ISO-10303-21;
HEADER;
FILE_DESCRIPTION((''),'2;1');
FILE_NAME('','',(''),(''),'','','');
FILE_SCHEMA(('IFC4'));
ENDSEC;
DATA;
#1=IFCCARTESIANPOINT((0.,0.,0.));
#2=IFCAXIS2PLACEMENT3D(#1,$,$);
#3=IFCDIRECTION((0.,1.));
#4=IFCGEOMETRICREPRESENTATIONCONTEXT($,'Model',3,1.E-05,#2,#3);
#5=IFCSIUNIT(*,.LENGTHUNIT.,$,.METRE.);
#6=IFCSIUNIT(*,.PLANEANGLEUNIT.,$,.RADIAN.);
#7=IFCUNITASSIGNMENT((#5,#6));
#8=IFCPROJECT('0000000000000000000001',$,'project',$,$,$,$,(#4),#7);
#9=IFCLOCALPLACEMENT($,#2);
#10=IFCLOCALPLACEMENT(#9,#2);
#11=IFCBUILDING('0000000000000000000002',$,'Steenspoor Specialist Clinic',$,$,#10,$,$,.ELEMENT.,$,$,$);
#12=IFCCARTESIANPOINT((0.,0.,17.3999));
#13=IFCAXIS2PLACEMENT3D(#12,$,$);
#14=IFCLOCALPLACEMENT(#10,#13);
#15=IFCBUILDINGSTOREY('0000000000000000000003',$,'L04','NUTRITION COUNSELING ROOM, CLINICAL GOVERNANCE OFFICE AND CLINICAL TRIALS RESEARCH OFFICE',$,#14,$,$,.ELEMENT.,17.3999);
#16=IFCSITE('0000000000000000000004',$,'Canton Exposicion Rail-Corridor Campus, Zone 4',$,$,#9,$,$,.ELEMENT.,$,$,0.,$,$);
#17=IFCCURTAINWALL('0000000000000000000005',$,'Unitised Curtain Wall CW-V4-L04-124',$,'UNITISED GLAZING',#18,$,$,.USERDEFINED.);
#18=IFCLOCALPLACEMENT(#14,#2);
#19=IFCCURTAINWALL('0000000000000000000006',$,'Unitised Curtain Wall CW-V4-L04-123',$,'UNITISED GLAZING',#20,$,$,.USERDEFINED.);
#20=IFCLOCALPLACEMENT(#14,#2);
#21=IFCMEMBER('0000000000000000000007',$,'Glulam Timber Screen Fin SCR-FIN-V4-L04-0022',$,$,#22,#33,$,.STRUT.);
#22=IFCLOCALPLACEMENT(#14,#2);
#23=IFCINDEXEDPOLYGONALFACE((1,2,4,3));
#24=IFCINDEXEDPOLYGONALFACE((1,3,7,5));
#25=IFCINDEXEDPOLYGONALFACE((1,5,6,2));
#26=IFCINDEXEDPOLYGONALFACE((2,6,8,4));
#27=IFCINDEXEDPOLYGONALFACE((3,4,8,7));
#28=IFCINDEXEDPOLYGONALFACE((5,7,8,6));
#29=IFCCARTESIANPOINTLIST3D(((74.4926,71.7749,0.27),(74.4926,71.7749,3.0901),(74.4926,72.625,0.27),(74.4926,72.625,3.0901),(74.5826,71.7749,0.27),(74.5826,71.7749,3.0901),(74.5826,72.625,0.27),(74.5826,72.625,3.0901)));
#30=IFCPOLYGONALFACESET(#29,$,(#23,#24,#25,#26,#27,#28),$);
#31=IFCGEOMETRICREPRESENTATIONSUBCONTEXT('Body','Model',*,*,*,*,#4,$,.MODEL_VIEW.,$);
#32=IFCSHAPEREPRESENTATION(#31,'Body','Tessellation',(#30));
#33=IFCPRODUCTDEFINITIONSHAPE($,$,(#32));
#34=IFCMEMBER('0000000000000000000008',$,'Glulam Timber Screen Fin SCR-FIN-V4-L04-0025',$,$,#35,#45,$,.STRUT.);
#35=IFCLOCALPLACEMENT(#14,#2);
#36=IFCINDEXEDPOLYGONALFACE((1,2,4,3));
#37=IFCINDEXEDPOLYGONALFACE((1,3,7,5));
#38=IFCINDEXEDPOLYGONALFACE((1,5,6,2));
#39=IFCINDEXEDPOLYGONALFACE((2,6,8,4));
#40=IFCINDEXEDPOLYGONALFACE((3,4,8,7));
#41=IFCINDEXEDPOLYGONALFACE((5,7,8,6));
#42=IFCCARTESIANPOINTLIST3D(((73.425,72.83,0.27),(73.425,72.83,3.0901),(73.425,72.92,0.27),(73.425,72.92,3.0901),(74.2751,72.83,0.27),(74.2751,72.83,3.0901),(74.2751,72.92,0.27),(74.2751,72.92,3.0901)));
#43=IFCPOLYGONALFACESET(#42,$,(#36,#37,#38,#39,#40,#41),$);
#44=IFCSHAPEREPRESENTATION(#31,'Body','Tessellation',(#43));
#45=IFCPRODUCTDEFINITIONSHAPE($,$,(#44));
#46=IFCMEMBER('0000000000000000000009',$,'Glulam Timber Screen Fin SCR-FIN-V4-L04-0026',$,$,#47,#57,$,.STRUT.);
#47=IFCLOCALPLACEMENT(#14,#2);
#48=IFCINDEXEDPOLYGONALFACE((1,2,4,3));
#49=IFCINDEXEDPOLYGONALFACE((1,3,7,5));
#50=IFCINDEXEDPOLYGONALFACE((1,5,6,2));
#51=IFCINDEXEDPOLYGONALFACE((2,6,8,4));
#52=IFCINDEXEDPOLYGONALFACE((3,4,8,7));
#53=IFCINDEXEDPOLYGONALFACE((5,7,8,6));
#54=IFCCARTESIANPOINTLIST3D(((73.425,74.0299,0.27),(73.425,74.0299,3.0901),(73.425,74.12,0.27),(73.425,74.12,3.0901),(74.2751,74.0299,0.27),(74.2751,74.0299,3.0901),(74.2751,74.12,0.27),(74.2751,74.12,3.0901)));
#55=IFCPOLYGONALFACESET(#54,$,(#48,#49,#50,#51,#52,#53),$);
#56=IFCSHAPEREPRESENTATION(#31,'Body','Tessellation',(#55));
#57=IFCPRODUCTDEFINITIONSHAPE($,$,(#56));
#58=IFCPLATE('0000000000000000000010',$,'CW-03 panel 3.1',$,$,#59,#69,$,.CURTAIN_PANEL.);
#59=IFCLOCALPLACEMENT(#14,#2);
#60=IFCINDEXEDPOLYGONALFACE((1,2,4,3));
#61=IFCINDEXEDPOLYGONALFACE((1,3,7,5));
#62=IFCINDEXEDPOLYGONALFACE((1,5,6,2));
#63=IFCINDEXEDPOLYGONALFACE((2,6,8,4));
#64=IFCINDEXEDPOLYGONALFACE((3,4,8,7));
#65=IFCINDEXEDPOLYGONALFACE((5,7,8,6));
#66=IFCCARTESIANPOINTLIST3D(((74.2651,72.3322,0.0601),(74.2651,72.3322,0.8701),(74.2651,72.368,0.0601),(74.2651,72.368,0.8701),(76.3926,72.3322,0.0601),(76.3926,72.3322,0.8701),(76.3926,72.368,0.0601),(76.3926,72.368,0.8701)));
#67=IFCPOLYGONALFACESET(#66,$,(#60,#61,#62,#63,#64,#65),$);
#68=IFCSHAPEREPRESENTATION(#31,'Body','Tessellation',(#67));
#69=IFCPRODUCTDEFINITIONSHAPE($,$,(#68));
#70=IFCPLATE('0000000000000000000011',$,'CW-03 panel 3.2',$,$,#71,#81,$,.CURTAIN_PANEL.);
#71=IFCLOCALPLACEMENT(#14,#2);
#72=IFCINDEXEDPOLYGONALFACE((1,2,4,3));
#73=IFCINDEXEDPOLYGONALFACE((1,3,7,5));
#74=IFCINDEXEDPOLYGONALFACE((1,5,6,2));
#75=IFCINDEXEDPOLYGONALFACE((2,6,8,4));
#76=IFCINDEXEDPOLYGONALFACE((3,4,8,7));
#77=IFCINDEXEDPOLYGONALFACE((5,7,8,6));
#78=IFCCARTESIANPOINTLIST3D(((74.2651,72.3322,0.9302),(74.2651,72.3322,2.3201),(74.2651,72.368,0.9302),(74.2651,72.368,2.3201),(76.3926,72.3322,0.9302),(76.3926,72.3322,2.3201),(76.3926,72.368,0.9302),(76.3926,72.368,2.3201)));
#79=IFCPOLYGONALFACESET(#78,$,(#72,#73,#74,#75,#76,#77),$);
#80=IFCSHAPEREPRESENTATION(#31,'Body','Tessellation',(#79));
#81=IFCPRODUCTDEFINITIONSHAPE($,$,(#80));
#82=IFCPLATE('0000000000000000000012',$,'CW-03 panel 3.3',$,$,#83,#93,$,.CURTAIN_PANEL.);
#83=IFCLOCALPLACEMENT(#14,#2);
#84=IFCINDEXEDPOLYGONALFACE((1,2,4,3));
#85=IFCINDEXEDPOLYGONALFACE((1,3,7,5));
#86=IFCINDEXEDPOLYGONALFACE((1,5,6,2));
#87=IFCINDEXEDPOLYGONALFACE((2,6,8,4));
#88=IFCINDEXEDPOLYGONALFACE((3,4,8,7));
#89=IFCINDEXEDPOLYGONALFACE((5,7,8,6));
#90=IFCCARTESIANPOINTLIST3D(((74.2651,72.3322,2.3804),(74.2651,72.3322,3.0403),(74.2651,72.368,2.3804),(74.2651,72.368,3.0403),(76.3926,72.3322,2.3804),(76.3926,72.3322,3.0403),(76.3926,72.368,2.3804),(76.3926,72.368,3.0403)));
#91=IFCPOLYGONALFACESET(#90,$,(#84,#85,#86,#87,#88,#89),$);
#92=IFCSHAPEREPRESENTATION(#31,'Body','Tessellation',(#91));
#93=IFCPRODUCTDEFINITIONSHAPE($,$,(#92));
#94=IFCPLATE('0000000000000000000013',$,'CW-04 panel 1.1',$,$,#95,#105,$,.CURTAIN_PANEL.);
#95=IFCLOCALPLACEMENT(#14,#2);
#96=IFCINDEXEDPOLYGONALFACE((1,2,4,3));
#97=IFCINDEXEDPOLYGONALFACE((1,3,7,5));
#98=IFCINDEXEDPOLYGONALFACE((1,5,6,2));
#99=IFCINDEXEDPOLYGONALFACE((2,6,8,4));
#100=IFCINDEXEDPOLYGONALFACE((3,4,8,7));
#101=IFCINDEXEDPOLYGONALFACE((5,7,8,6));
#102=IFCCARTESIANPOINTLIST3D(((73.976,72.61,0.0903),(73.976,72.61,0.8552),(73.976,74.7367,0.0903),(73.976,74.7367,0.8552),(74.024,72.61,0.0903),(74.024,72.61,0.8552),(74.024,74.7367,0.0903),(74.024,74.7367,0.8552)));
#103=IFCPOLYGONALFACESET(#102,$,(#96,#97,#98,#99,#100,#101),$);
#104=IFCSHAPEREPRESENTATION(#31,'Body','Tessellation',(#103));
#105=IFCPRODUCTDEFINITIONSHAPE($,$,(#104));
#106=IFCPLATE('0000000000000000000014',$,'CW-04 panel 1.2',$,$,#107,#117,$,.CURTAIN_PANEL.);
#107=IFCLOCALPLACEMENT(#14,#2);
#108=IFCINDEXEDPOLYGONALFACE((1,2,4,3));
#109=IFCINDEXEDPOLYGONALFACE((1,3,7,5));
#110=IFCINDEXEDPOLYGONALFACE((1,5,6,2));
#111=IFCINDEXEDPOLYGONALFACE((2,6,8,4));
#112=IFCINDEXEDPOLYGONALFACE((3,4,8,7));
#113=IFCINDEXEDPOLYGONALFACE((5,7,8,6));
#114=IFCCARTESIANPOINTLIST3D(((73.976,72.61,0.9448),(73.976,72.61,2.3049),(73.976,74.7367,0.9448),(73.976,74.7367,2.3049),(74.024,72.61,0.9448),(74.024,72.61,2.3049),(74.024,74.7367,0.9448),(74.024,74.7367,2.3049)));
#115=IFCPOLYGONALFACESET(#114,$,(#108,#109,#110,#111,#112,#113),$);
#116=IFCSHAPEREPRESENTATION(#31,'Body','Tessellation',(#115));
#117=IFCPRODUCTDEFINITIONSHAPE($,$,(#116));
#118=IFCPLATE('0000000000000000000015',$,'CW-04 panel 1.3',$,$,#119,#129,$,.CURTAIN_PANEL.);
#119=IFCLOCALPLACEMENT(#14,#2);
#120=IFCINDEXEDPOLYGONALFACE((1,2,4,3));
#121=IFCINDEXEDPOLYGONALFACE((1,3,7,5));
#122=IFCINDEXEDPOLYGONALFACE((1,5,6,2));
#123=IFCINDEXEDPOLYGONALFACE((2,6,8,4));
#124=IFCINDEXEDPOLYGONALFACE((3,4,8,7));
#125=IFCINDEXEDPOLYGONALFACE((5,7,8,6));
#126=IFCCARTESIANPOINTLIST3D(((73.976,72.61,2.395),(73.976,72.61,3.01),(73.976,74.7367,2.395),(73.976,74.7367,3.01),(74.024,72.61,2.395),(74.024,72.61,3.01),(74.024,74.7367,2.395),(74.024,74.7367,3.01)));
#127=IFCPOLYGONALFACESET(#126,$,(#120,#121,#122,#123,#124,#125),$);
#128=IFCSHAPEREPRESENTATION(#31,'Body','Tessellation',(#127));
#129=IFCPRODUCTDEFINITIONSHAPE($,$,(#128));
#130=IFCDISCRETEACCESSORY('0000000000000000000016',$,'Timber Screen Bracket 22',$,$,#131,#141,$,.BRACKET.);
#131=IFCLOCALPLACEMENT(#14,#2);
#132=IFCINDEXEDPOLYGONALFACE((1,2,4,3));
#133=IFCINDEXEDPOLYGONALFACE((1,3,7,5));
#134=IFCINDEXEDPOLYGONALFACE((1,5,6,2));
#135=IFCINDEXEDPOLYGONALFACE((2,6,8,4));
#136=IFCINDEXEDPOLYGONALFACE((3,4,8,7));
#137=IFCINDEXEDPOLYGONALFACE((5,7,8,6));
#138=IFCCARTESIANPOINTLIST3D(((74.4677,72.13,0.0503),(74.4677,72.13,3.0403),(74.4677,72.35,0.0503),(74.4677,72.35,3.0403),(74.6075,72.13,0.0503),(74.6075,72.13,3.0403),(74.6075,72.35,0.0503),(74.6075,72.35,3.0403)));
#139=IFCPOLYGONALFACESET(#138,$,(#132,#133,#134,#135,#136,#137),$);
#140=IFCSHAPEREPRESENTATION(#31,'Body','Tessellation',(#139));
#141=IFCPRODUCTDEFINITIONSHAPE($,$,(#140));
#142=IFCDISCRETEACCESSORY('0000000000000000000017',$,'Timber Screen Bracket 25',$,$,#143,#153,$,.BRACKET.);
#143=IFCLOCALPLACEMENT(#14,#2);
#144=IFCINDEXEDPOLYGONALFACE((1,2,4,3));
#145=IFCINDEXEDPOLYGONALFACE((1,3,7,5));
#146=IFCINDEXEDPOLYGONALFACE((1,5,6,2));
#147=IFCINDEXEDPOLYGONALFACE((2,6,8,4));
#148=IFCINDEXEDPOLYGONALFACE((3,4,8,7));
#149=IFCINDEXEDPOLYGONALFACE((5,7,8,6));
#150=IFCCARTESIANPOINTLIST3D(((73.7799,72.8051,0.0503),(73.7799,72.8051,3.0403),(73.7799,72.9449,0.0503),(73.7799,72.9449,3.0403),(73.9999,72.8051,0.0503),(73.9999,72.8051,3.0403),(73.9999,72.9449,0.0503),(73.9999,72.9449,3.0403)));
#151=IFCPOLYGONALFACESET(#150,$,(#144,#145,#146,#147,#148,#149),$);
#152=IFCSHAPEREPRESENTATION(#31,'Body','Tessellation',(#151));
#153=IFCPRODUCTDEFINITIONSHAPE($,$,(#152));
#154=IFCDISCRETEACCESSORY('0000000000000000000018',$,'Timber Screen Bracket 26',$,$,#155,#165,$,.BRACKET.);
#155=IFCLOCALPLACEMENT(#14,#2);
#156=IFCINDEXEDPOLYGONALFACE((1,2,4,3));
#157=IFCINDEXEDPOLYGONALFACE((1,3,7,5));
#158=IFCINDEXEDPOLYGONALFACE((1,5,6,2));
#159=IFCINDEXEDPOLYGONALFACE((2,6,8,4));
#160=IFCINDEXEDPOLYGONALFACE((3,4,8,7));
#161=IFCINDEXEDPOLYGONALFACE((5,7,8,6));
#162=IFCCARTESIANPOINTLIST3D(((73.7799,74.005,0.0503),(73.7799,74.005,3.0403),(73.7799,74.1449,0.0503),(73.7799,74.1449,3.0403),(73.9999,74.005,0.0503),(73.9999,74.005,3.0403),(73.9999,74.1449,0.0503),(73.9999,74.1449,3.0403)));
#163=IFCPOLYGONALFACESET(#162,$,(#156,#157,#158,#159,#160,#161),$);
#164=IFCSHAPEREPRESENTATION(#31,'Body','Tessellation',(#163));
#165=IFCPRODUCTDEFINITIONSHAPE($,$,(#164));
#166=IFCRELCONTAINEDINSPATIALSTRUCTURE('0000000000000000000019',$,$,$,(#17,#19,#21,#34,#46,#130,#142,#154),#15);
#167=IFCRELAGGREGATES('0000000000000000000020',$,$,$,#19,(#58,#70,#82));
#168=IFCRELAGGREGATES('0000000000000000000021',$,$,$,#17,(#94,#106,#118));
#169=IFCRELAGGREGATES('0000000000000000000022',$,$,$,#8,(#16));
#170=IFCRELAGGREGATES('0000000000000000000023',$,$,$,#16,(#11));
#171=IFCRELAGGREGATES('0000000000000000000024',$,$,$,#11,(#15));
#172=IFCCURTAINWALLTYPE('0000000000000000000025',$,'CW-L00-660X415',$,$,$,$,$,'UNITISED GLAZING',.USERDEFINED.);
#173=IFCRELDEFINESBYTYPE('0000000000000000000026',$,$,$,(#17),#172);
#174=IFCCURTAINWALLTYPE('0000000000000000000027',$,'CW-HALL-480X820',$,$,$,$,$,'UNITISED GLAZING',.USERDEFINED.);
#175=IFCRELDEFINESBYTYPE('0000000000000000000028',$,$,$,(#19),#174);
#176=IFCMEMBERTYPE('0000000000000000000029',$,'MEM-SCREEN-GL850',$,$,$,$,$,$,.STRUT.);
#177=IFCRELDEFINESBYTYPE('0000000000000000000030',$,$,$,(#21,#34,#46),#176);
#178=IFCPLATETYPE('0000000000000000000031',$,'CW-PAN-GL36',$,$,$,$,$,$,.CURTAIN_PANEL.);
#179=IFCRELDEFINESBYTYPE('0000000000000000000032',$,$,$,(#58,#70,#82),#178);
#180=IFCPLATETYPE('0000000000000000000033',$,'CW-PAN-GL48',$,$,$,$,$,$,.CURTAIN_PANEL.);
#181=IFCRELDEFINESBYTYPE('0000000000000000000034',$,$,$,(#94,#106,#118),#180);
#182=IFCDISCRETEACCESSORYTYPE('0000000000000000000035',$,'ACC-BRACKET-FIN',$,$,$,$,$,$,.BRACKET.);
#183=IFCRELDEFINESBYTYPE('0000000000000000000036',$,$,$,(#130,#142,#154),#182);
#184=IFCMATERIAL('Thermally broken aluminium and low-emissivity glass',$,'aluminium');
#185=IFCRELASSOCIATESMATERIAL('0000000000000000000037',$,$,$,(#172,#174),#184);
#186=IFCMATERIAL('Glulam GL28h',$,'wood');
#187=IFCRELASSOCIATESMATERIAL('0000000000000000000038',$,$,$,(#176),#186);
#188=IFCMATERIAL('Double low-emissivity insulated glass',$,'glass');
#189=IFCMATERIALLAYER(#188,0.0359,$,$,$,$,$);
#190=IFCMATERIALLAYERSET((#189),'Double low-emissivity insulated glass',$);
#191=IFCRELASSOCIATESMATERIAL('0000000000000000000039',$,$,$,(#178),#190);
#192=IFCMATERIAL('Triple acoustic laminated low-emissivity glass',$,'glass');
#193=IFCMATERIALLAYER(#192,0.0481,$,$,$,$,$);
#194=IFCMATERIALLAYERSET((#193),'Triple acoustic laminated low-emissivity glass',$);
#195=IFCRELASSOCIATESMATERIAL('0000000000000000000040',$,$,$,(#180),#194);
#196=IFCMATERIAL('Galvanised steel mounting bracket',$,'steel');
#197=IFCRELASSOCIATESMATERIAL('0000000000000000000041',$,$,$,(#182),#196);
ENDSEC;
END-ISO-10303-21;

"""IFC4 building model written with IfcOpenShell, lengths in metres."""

from ifc_helpers import new_model, si_unit, direction, frame, origin, origin_2d, place, context, subcontext, project, spatial, rectangle, extrude, material, layer, layer_set, material_profile, profile_set, type_object, element, aggregate, save


model = new_model("IFC4")

# Units and contexts
model_context = context("Model", 3, precision=1e-05, world=origin(), true_north=direction((0.0, 1.0)))
body_context = subcontext(model_context, "Body", "Model", "MODEL_VIEW")
ifc_project = project(units=[si_unit("LENGTHUNIT", "METRE"), si_unit("PLANEANGLEUNIT", "RADIAN")], contexts=[model_context])

# Site, building, storey
site_placement = place(None, origin())
site = spatial("IfcSite", under=ifc_project, at=site_placement, Name="Canton Exposicion Rail-Corridor Campus, Zone 4", CompositionType="ELEMENT", RefElevation=0.0)
building_placement = place(site_placement, origin())
building = spatial("IfcBuilding", under=site, at=building_placement, Name="Steenspoor Specialist Clinic", CompositionType="ELEMENT")
storey_placement = place(building_placement, frame((0.0, 0.0, 17.3999)))
storey = spatial("IfcBuildingStorey", under=building, at=storey_placement, Name="L04", Description="NUTRITION COUNSELING ROOM, CLINICAL GOVERNANCE OFFICE AND CLINICAL TRIALS RESEARCH OFFICE", CompositionType="ELEMENT", Elevation=17.3999)

# Shared definitions
ifc_material_1 = material(Name="Glulam GL28h", Category="wood")

# Curtain wall
ifc_material_2 = material(Name="Thermally broken aluminium and low-emissivity glass", Category="aluminium")
curtain_wall_type_1 = type_object("IfcCurtainWallType", Name="CW-L00-660X415", ElementType="UNITISED GLAZING", PredefinedType="USERDEFINED", material=ifc_material_2)
curtain_wall_1_placement = place(storey_placement, origin())
curtain_wall_1 = element("IfcCurtainWall", 1, at=curtain_wall_1_placement, inside=storey, type_object=curtain_wall_type_1, Name="Unitised Curtain Wall CW-V4-L04-124", ObjectType="UNITISED GLAZING", PredefinedType="USERDEFINED")

# Curtain wall
curtain_wall_type_2 = type_object("IfcCurtainWallType", Name="CW-HALL-480X820", ElementType="UNITISED GLAZING", PredefinedType="USERDEFINED", material=ifc_material_2)
curtain_wall_2_placement = place(storey_placement, origin())
curtain_wall_2 = element("IfcCurtainWall", 2, at=curtain_wall_2_placement, inside=storey, type_object=curtain_wall_type_2, Name="Unitised Curtain Wall CW-V4-L04-123", ObjectType="UNITISED GLAZING", PredefinedType="USERDEFINED")

# Members
ifc_material_profile_1 = material_profile(ifc_material_1, rectangle(XDim=0.0901, YDim=0.8501, at=origin_2d()), Name="GL28H-90X850")
ifc_profile_set_1 = profile_set([ifc_material_profile_1], Name="Glulam GL28h")
member_type_1 = type_object("IfcMemberType", Name="MEM-SCREEN-GL850", PredefinedType="STRUT", material=ifc_profile_set_1)
for number, where, z_axis, x_axis, name in (
    (3, (74.5376, 72.2, 0.27), (0.0, 0.0, 1.0), (-1.0, 0.0, 0.0), "Glulam Timber Screen Fin SCR-FIN-V4-L04-0022"),
    (4, (73.8501, 72.875, 0.27), (0.0, 0.0, 1.0), (0.0, 1.0, 0.0), "Glulam Timber Screen Fin SCR-FIN-V4-L04-0025"),
    (5, (73.8501, 74.075, 0.27), (0.0, 0.0, 1.0), (0.0, 1.0, 0.0), "Glulam Timber Screen Fin SCR-FIN-V4-L04-0026"),
):
    element("IfcMember", number, at=place(storey_placement, frame(where, z_axis=z_axis, x_axis=x_axis)), inside=storey, type_object=member_type_1, Name=name, PredefinedType="STRUT", context=body_context, shape_type="SweptSolid", body=[
        extrude(rectangle(XDim=0.0901, YDim=0.8501, at=origin_2d()), origin(), (0.0, 0.0, 1.0), 2.8201),
    ])

# Plates
ifc_material_3 = material(Name="Double low-emissivity insulated glass", Category="glass")
ifc_layer_1 = layer(ifc_material_3, 0.0359)
ifc_layer_set_1 = layer_set([ifc_layer_1], Name="Double low-emissivity insulated glass")
plate_type_1 = type_object("IfcPlateType", Name="CW-PAN-GL36", PredefinedType="CURTAIN_PANEL", material=ifc_layer_set_1)
plate_1_placement = place(storey_placement, frame((75.3289, 72.3501, 0.0601), z_axis=(0.0, 0.0, 1.0), x_axis=(-1.0, 0.0, 0.0)))
plate_1 = element("IfcPlate", 6, at=plate_1_placement, type_object=plate_type_1, Name="CW-03 panel 3.1", PredefinedType="CURTAIN_PANEL", context=body_context, shape_type="SweptSolid", body=[
    extrude(rectangle(XDim=2.1274, YDim=0.0359, at=origin_2d()), origin(), (0.0, 0.0, 1.0), 0.8101),
])
plate_2_placement = place(storey_placement, frame((75.3289, 72.3501, 0.9302), z_axis=(0.0, 0.0, 1.0), x_axis=(-1.0, 0.0, 0.0)))
plate_2 = element("IfcPlate", 7, at=plate_2_placement, type_object=plate_type_1, Name="CW-03 panel 3.2", PredefinedType="CURTAIN_PANEL", context=body_context, shape_type="SweptSolid", body=[
    extrude(rectangle(XDim=2.1274, YDim=0.0359, at=origin_2d()), origin(), (0.0, 0.0, 1.0), 1.3899),
])
plate_3_placement = place(storey_placement, frame((75.3289, 72.3501, 2.3804), z_axis=(0.0, 0.0, 1.0), x_axis=(-1.0, 0.0, 0.0)))
plate_3 = element("IfcPlate", 8, at=plate_3_placement, type_object=plate_type_1, Name="CW-03 panel 3.3", PredefinedType="CURTAIN_PANEL", context=body_context, shape_type="SweptSolid", body=[
    extrude(rectangle(XDim=2.1274, YDim=0.0359, at=origin_2d()), origin(), (0.0, 0.0, 1.0), 0.6599),
])
aggregate(curtain_wall_2, [plate_1, plate_2, plate_3])
ifc_material_4 = material(Name="Triple acoustic laminated low-emissivity glass", Category="glass")
ifc_layer_2 = layer(ifc_material_4, 0.0481)
ifc_layer_set_2 = layer_set([ifc_layer_2], Name="Triple acoustic laminated low-emissivity glass")
plate_type_2 = type_object("IfcPlateType", Name="CW-PAN-GL48", PredefinedType="CURTAIN_PANEL", material=ifc_layer_set_2)
plate_4_placement = place(storey_placement, frame((74.0, 73.6733, 0.0903), z_axis=(0.0, 0.0, 1.0), x_axis=(0.0, 1.0, 0.0)))
plate_4 = element("IfcPlate", 9, at=plate_4_placement, type_object=plate_type_2, Name="CW-04 panel 1.1", PredefinedType="CURTAIN_PANEL", context=body_context, shape_type="SweptSolid", body=[
    extrude(rectangle(XDim=2.1267, YDim=0.0481, at=origin_2d()), origin(), (0.0, 0.0, 1.0), 0.7649),
])
plate_5_placement = place(storey_placement, frame((74.0, 73.6733, 0.9448), z_axis=(0.0, 0.0, 1.0), x_axis=(0.0, 1.0, 0.0)))
plate_5 = element("IfcPlate", 10, at=plate_5_placement, type_object=plate_type_2, Name="CW-04 panel 1.2", PredefinedType="CURTAIN_PANEL", context=body_context, shape_type="SweptSolid", body=[
    extrude(rectangle(XDim=2.1267, YDim=0.0481, at=origin_2d()), origin(), (0.0, 0.0, 1.0), 1.3601),
])
plate_6_placement = place(storey_placement, frame((74.0, 73.6733, 2.395), z_axis=(0.0, 0.0, 1.0), x_axis=(0.0, 1.0, 0.0)))
plate_6 = element("IfcPlate", 11, at=plate_6_placement, type_object=plate_type_2, Name="CW-04 panel 1.3", PredefinedType="CURTAIN_PANEL", context=body_context, shape_type="SweptSolid", body=[
    extrude(rectangle(XDim=2.1267, YDim=0.0481, at=origin_2d()), origin(), (0.0, 0.0, 1.0), 0.615),
])
aggregate(curtain_wall_1, [plate_4, plate_5, plate_6])

# Discrete accessories
ifc_material_5 = material(Name="Galvanised steel mounting bracket", Category="steel")
discrete_accessory_type = type_object("IfcDiscreteAccessoryType", Name="ACC-BRACKET-FIN", PredefinedType="BRACKET", material=ifc_material_5)
for number, where, z_axis, x_axis, name in (
    (12, (74.5376, 72.24, 0.0503), (0.0, 0.0, 1.0), (0.0, -1.0, 0.0), "Timber Screen Bracket 22"),
    (13, (73.8899, 72.875, 0.0503), (0.0, 0.0, 1.0), (-1.0, 0.0, 0.0), "Timber Screen Bracket 25"),
    (14, (73.8899, 74.075, 0.0503), (0.0, 0.0, 1.0), (-1.0, 0.0, 0.0), "Timber Screen Bracket 26"),
):
    element("IfcDiscreteAccessory", number, at=place(storey_placement, frame(where, z_axis=z_axis, x_axis=x_axis)), inside=storey, type_object=discrete_accessory_type, Name=name, PredefinedType="BRACKET", context=body_context, shape_type="SweptSolid", body=[
        extrude(rectangle(XDim=0.22, YDim=0.1399, at=origin_2d()), origin(), (0.0, 0.0, 1.0), 2.99),
    ])

save(model, "model.ifc")
